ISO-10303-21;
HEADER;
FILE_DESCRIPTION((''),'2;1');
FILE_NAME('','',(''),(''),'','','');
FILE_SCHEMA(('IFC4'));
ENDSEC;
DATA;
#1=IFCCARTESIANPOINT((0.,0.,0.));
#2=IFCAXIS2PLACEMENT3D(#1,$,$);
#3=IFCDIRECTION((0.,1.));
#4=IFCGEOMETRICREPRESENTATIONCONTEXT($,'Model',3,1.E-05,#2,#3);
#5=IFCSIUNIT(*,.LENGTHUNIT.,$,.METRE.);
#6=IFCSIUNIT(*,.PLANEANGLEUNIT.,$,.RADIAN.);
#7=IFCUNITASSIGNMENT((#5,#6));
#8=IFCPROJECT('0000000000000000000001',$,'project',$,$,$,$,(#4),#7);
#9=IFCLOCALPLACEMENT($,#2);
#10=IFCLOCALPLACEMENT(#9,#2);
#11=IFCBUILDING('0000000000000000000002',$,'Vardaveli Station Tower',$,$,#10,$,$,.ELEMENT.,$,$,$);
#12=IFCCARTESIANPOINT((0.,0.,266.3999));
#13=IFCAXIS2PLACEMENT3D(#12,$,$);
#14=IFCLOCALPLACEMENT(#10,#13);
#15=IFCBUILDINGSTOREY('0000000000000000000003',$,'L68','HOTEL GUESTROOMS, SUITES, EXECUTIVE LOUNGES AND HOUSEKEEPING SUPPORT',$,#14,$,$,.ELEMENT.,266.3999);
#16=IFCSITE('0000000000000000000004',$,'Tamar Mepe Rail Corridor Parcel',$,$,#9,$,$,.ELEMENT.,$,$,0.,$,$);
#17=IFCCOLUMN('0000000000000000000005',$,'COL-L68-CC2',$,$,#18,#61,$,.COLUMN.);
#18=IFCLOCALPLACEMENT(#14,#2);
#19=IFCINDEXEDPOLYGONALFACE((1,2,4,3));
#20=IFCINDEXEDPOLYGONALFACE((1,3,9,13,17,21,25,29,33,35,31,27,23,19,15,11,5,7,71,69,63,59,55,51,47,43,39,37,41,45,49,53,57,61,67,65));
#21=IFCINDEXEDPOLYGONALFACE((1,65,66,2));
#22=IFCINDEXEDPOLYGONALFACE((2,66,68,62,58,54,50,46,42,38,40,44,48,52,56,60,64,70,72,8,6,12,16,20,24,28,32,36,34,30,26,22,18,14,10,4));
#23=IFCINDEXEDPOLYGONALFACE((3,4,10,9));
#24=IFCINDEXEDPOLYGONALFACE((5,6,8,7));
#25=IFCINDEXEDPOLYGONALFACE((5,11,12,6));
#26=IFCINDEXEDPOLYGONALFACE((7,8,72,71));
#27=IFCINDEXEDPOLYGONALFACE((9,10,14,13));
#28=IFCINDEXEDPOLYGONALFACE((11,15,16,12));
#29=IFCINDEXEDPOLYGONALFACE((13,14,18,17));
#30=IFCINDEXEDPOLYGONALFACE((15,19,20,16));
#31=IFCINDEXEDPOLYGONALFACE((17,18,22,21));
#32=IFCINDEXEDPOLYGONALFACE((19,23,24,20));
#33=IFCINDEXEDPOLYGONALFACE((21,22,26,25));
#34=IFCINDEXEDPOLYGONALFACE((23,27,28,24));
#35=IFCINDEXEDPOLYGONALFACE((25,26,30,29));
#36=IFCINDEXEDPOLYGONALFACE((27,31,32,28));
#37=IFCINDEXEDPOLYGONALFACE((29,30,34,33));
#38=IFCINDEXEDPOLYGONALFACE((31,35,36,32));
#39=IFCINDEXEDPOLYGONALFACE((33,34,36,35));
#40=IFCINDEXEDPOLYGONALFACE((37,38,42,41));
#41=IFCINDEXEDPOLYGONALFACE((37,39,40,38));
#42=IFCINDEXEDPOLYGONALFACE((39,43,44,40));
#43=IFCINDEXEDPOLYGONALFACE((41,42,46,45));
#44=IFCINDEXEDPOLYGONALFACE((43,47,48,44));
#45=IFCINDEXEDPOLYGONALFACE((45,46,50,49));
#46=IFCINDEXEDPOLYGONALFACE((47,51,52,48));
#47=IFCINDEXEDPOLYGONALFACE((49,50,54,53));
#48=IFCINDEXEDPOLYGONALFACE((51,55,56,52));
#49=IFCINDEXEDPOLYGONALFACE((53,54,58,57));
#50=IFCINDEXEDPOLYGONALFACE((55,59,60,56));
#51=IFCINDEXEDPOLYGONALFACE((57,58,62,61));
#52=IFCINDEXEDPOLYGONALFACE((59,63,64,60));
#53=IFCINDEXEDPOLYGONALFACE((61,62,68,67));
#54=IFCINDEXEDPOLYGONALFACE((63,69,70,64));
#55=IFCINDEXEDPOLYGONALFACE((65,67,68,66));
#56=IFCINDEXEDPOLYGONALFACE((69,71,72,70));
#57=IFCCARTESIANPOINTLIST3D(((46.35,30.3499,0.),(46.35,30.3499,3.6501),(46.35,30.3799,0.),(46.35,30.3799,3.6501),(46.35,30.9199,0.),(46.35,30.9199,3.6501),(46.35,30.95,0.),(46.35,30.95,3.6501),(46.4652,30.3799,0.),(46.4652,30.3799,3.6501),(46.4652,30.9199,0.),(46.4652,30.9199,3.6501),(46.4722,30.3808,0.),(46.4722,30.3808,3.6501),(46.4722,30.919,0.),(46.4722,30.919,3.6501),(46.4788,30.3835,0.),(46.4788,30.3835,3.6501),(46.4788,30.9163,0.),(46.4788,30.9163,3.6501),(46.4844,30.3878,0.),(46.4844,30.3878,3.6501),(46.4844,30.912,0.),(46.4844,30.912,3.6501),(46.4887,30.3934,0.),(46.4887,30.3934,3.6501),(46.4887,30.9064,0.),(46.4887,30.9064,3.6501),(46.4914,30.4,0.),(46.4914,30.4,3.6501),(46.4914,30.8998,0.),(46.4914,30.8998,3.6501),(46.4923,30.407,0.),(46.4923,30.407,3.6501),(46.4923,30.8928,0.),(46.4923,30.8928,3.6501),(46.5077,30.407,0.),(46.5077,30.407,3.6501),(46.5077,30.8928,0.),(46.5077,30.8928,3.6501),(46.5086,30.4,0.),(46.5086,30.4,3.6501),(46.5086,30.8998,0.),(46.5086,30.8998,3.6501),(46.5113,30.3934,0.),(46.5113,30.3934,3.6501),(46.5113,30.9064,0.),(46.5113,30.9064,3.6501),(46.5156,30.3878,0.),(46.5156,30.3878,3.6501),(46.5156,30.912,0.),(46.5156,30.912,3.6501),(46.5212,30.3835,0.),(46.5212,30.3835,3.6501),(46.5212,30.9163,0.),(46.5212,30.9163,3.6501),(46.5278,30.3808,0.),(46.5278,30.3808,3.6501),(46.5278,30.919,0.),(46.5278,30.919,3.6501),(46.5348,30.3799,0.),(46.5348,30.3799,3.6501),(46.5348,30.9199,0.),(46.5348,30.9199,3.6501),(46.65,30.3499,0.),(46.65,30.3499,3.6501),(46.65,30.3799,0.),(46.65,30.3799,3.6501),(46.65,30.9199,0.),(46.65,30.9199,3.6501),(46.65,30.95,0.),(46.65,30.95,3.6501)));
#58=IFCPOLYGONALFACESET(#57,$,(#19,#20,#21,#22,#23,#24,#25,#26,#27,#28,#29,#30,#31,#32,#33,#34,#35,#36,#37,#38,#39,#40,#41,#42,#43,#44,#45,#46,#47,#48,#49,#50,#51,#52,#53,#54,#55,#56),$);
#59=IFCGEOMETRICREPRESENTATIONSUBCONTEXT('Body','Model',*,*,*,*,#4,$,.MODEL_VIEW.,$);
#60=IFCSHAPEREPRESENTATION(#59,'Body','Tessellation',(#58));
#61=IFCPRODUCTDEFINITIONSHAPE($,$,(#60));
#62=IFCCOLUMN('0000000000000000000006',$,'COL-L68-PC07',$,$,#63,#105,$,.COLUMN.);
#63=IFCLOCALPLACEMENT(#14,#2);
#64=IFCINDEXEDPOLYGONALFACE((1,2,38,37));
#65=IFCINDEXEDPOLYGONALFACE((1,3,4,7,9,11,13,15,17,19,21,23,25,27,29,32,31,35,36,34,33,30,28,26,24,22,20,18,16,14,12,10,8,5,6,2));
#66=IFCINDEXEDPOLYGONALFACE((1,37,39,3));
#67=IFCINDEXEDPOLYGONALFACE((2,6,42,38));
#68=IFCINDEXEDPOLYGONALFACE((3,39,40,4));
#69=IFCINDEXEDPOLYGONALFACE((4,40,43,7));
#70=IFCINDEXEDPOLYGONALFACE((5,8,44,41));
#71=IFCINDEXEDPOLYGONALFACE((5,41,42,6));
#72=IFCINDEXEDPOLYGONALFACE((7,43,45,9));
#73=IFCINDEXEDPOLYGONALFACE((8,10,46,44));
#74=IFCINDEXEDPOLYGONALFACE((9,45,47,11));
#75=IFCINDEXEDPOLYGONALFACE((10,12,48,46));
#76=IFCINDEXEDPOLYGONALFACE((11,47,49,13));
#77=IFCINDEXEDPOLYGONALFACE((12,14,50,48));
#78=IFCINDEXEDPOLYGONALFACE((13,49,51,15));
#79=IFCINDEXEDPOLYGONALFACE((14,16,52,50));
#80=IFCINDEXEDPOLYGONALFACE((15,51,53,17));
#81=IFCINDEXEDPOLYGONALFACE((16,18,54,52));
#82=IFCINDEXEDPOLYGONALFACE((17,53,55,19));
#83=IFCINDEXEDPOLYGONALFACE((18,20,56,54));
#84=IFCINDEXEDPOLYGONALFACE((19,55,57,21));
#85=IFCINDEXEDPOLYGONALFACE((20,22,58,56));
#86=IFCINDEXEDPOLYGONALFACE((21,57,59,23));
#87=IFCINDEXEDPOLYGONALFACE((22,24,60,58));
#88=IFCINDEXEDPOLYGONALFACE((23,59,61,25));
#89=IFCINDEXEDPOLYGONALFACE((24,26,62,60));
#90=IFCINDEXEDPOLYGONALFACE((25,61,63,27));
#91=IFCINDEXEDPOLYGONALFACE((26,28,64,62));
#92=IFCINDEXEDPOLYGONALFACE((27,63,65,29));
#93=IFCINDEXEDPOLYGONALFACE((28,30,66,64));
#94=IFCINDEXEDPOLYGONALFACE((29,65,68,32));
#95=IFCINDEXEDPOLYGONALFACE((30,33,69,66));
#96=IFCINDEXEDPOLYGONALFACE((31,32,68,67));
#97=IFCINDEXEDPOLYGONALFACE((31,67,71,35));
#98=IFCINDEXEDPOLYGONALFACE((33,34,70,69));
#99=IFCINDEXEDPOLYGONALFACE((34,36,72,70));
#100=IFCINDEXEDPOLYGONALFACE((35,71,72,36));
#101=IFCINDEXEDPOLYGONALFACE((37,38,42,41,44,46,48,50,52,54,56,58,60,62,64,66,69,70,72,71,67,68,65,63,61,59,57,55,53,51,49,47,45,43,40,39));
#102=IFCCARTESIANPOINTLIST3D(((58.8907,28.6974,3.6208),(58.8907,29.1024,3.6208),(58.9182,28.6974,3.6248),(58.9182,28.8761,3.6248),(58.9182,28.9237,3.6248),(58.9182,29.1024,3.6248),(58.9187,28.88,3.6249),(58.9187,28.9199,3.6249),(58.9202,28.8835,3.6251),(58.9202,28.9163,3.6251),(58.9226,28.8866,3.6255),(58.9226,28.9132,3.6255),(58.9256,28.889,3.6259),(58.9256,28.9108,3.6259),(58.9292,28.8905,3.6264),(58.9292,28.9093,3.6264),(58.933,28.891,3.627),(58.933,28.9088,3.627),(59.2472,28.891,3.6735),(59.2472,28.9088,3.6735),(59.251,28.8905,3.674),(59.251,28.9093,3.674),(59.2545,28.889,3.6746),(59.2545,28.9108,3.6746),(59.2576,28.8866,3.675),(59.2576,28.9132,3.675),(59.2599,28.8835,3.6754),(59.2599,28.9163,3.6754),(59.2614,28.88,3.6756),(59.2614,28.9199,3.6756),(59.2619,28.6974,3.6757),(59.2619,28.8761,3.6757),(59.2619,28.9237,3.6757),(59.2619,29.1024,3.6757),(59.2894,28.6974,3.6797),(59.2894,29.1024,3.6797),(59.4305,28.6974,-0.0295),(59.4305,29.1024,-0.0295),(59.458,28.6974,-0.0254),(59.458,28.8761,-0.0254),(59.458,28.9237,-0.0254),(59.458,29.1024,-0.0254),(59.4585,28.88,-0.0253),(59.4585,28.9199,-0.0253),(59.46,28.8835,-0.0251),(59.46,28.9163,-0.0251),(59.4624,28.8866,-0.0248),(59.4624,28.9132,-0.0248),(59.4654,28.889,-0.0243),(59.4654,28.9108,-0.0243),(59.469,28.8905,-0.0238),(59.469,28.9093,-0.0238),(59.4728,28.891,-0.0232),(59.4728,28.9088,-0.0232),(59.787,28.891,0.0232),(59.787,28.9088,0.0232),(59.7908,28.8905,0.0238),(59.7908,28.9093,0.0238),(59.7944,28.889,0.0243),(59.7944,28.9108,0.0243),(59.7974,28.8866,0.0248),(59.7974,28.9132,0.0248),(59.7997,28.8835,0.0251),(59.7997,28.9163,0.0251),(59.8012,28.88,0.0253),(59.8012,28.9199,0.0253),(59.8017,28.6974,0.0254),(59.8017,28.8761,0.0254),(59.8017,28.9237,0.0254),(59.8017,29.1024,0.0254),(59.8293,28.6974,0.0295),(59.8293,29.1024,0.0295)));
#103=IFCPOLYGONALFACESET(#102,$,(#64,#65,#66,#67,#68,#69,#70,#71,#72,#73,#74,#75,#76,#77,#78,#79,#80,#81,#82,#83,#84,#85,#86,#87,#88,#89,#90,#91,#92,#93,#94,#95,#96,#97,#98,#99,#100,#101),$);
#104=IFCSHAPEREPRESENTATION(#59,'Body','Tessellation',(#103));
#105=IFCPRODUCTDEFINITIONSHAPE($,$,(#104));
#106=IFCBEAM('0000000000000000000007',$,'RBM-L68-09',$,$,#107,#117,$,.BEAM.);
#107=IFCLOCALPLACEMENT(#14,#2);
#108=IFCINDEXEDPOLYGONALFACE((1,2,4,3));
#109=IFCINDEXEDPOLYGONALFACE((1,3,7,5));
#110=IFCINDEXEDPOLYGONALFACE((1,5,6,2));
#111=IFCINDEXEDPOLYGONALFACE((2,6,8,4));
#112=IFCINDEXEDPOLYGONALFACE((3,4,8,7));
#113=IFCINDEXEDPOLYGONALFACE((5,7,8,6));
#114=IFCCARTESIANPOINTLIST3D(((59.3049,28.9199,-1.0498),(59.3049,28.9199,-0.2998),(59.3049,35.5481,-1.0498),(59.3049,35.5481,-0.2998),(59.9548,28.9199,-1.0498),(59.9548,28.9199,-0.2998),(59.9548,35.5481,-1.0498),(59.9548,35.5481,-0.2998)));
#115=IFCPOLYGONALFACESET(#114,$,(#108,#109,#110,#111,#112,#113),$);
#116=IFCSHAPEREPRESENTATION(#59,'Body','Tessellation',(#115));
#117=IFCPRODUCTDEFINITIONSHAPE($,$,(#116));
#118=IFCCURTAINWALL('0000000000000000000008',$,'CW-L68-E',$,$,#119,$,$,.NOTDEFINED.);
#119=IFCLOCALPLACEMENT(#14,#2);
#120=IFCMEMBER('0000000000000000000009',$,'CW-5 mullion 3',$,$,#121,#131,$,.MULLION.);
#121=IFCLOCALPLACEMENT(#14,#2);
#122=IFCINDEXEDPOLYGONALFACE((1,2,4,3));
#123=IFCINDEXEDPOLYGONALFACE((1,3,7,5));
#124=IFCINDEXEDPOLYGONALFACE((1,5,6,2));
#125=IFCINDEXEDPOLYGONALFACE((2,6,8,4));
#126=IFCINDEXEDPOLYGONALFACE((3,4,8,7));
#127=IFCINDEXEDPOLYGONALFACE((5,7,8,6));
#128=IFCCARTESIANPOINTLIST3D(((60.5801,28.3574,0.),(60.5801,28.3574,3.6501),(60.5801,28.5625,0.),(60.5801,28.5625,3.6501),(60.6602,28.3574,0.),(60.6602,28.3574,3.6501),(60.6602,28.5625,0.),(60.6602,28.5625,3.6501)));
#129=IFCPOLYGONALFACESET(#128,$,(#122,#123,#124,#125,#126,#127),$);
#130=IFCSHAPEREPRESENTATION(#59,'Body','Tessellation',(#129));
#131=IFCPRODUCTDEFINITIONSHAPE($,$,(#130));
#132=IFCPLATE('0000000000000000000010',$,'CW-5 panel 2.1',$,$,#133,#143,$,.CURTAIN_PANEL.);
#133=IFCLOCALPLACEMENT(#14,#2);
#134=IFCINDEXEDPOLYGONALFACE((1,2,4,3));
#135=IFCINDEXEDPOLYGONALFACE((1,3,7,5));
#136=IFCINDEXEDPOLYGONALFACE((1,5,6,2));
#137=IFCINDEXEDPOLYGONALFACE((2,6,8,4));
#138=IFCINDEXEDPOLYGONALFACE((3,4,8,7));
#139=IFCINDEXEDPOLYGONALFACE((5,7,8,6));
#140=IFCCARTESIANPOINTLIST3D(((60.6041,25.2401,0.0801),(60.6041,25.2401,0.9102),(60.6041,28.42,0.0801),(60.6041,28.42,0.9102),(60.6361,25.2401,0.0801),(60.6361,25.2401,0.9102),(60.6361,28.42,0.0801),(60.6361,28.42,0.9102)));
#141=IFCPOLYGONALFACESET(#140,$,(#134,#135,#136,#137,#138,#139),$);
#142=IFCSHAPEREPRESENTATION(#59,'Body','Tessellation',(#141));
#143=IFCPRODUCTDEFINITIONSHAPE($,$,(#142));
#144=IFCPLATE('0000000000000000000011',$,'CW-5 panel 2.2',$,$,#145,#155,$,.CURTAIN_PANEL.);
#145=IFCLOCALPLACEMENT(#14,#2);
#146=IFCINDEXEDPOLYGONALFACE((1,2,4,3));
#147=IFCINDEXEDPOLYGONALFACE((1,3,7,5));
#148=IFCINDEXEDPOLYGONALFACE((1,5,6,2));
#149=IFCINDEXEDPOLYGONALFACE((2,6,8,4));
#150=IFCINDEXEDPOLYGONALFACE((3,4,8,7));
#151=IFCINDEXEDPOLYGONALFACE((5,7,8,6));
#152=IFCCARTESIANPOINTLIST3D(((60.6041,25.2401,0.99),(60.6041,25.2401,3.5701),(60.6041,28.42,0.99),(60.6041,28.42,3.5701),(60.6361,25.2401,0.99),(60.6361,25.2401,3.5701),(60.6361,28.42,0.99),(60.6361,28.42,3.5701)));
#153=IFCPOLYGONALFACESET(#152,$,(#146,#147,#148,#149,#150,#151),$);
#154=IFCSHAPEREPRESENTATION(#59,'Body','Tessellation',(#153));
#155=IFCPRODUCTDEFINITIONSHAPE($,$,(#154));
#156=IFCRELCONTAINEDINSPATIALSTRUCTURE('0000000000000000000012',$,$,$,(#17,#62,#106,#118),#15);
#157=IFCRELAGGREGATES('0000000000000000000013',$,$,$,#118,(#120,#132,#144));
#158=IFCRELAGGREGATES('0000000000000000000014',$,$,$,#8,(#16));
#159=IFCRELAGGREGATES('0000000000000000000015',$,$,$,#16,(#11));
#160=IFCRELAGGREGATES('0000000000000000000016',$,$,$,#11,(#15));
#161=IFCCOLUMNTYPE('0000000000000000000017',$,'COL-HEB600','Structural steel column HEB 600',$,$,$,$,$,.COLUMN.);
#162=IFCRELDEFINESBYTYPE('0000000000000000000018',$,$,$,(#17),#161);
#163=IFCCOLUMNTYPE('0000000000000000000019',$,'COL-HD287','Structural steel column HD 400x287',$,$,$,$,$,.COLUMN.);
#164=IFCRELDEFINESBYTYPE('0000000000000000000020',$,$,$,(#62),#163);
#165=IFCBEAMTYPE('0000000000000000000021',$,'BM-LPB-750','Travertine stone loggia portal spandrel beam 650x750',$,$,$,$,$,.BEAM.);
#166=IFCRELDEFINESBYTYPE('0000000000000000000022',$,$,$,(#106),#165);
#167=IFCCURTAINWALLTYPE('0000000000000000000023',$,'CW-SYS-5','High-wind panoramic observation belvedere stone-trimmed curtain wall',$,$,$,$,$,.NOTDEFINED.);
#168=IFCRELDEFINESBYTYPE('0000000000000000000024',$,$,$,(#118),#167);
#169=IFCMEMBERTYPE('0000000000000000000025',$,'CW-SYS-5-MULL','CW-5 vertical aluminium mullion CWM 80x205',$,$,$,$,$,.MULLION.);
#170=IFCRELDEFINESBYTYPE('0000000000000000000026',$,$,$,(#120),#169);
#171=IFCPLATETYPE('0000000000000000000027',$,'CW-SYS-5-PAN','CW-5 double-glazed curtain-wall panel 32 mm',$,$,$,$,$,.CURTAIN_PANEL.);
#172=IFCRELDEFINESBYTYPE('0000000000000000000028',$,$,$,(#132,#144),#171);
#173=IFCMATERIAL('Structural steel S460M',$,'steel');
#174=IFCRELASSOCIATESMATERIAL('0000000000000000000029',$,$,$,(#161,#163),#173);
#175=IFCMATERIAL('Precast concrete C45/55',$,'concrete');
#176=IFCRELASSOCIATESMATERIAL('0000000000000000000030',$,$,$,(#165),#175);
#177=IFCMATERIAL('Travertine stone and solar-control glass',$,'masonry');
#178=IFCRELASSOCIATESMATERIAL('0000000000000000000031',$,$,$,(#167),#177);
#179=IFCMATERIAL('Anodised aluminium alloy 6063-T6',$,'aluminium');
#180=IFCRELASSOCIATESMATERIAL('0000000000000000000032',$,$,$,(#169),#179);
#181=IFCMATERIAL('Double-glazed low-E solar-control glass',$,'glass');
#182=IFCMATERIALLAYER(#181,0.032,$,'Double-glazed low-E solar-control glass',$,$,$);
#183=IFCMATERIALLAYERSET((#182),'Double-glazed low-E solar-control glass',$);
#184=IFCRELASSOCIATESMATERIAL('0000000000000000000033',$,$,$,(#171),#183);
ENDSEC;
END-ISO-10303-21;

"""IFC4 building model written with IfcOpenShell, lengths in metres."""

from ifc_helpers import new_model, si_unit, direction, frame, origin, origin_2d, place, context, subcontext, project, spatial, rectangle, i_section, extrude, source, transform, mapped, material, layer, layer_set, material_profile, profile_set, type_object, element, aggregate, save


model = new_model("IFC4")

# Units and contexts
model_context = context("Model", 3, precision=1e-05, world=origin(), true_north=direction((0.0, 1.0)))
body_context = subcontext(model_context, "Body", "Model", "MODEL_VIEW")
ifc_project = project(units=[si_unit("LENGTHUNIT", "METRE"), si_unit("PLANEANGLEUNIT", "RADIAN")], contexts=[model_context])

# Site, building, storey
site_placement = place(None, origin())
site = spatial("IfcSite", under=ifc_project, at=site_placement, Name="Tamar Mepe Rail Corridor Parcel", CompositionType="ELEMENT", RefElevation=0.0)
building_placement = place(site_placement, origin())
building = spatial("IfcBuilding", under=site, at=building_placement, Name="Vardaveli Station Tower", CompositionType="ELEMENT")
storey_placement = place(building_placement, frame((0.0, 0.0, 266.3999)))
storey = spatial("IfcBuildingStorey", under=building, at=storey_placement, Name="L68", Description="HOTEL GUESTROOMS, SUITES, EXECUTIVE LOUNGES AND HOUSEKEEPING SUPPORT", CompositionType="ELEMENT", Elevation=266.3999)

# Columns
ifc_material_1 = material(Name="Structural steel S460M", Category="steel")
ifc_material_profile_1 = material_profile(ifc_material_1, i_section(OverallWidth=0.3, OverallDepth=0.6001, WebThickness=0.0154, FlangeThickness=0.03, FilletRadius=0.0271, at=origin_2d()), Name="HEB 600")
ifc_profile_set_1 = profile_set([ifc_material_profile_1], Name="Structural steel S460M")
column_type_1 = type_object("IfcColumnType", Name="COL-HEB600", Description="Structural steel column HEB 600", PredefinedType="COLUMN", material=ifc_profile_set_1)
shared_shape_1 = source(origin(), body_context, "Body", "SweptSolid", [
    extrude(i_section(OverallWidth=0.3, OverallDepth=0.6001, WebThickness=0.0154, FlangeThickness=0.03, FilletRadius=0.0271, at=origin_2d()), origin(), (0.0, 0.0, 1.0), 3.6501),
])
column_1_placement = place(storey_placement, frame((46.5, 30.6499, 0.0), z_axis=(0.0, 0.0, 1.0), x_axis=(1.0, 0.0, 0.0)))
element("IfcColumn", 1, at=column_1_placement, inside=storey, type_object=column_type_1, Name="COL-L68-CC2", PredefinedType="COLUMN", context=body_context, shape_type="MappedRepresentation", body=[
    mapped(shared_shape_1, transform((0.0, 0.0, 0.0), scale=1.0)),
])
ifc_material_profile_2 = material_profile(ifc_material_1, i_section(OverallWidth=0.405, OverallDepth=0.4031, WebThickness=0.0178, FlangeThickness=0.0278, FilletRadius=0.0149, at=origin_2d()), Name="HD 400x287")
ifc_profile_set_2 = profile_set([ifc_material_profile_2], Name="Structural steel S460M")
column_type_2 = type_object("IfcColumnType", Name="COL-HD287", Description="Structural steel column HD 400x287", PredefinedType="COLUMN", material=ifc_profile_set_2)
shared_shape_2 = source(origin(), body_context, "Body", "SweptSolid", [
    extrude(i_section(OverallWidth=0.405, OverallDepth=0.4031, WebThickness=0.0178, FlangeThickness=0.0278, FilletRadius=0.0149, at=origin_2d()), origin(), (0.0, 0.0, 1.0), 3.6899),
])
column_2_placement = place(storey_placement, frame((59.6299, 28.8999, 0.0), z_axis=(-0.146292, 0.0, 0.989241), x_axis=(0.0, -1.0, 0.0)))
element("IfcColumn", 2, at=column_2_placement, inside=storey, type_object=column_type_2, Name="COL-L68-PC07", PredefinedType="COLUMN", context=body_context, shape_type="MappedRepresentation", body=[
    mapped(shared_shape_2, transform((0.0, 0.0, 0.0), scale=1.0)),
])

# Beam
ifc_material_2 = material(Name="Precast concrete C45/55", Category="concrete")
ifc_material_profile_3 = material_profile(ifc_material_2, rectangle(XDim=0.6499, YDim=0.75, at=origin_2d()), Name="LPB 650x750")
ifc_profile_set_3 = profile_set([ifc_material_profile_3], Name="Precast concrete C45/55")
beam_type = type_object("IfcBeamType", Name="BM-LPB-750", Description="Travertine stone loggia portal spandrel beam 650x750", PredefinedType="BEAM", material=ifc_profile_set_3)
shared_shape_3 = source(origin(), body_context, "Body", "SweptSolid", [
    extrude(rectangle(XDim=0.6499, YDim=0.75, at=origin_2d()), origin(), (0.0, 0.0, 1.0), 6.6282),
])
beam_placement = place(storey_placement, frame((59.6299, 28.9199, -0.6748), z_axis=(0.0, 1.0, 0.0), x_axis=(-1.0, 0.0, 0.0)))
element("IfcBeam", 3, at=beam_placement, inside=storey, type_object=beam_type, Name="RBM-L68-09", PredefinedType="BEAM", context=body_context, shape_type="MappedRepresentation", body=[
    mapped(shared_shape_3, transform((0.0, 0.0, 0.0), scale=1.0)),
])

# Curtain wall, member, plates
ifc_material_3 = material(Name="Travertine stone and solar-control glass", Category="masonry")
curtain_wall_type = type_object("IfcCurtainWallType", Name="CW-SYS-5", Description="High-wind panoramic observation belvedere stone-trimmed curtain wall", PredefinedType="NOTDEFINED", material=ifc_material_3)
curtain_wall_placement = place(storey_placement, origin())
curtain_wall = element("IfcCurtainWall", 4, at=curtain_wall_placement, inside=storey, type_object=curtain_wall_type, Name="CW-L68-E", PredefinedType="NOTDEFINED")
ifc_material_4 = material(Name="Anodised aluminium alloy 6063-T6", Category="aluminium")
ifc_material_profile_4 = material_profile(ifc_material_4, rectangle(XDim=0.0801, YDim=0.2051, at=origin_2d()), Name="CWM 80x205")
ifc_profile_set_4 = profile_set([ifc_material_profile_4], Name="Anodised aluminium alloy 6063-T6")
member_type = type_object("IfcMemberType", Name="CW-SYS-5-MULL", Description="CW-5 vertical aluminium mullion CWM 80x205", PredefinedType="MULLION", material=ifc_profile_set_4)
shared_shape_4 = source(origin(), body_context, "Body", "SweptSolid", [
    extrude(rectangle(XDim=0.0801, YDim=0.2051, at=origin_2d()), origin(), (0.0, 0.0, 1.0), 3.6501),
])
member_placement = place(storey_placement, frame((60.6201, 28.46, 0.0), z_axis=(0.0, 0.0, 1.0), x_axis=(-1.0, 0.0, 0.0)))
member = element("IfcMember", 5, at=member_placement, type_object=member_type, Name="CW-5 mullion 3", PredefinedType="MULLION", context=body_context, shape_type="MappedRepresentation", body=[
    mapped(shared_shape_4, transform((0.0, 0.0, 0.0), scale=1.0)),
])
ifc_material_5 = material(Name="Double-glazed low-E solar-control glass", Category="glass")
ifc_layer_1 = layer(ifc_material_5, 0.032, Name="Double-glazed low-E solar-control glass")
ifc_layer_set_1 = layer_set([ifc_layer_1], Name="Double-glazed low-E solar-control glass")
plate_type = type_object("IfcPlateType", Name="CW-SYS-5-PAN", Description="CW-5 double-glazed curtain-wall panel 32 mm", PredefinedType="CURTAIN_PANEL", material=ifc_layer_set_1)
shared_shape_5 = source(origin(), body_context, "Body", "SweptSolid", [
    extrude(rectangle(XDim=3.1799, YDim=0.032, at=origin_2d()), origin(), (0.0, 0.0, 1.0), 0.8301),
])
plate_1_placement = place(storey_placement, frame((60.6201, 26.8301, 0.0801), z_axis=(0.0, 0.0, 1.0), x_axis=(0.0, 1.0, 0.0)))
plate_1 = element("IfcPlate", 6, at=plate_1_placement, type_object=plate_type, Name="CW-5 panel 2.1", PredefinedType="CURTAIN_PANEL", context=body_context, shape_type="MappedRepresentation", body=[
    mapped(shared_shape_5, transform((0.0, 0.0, 0.0), scale=1.0)),
])
shared_shape_6 = source(origin(), body_context, "Body", "SweptSolid", [
    extrude(rectangle(XDim=3.1799, YDim=0.032, at=origin_2d()), origin(), (0.0, 0.0, 1.0), 2.5801),
])
plate_2_placement = place(storey_placement, frame((60.6201, 26.8301, 0.99), z_axis=(0.0, 0.0, 1.0), x_axis=(0.0, 1.0, 0.0)))
plate_2 = element("IfcPlate", 7, at=plate_2_placement, type_object=plate_type, Name="CW-5 panel 2.2", PredefinedType="CURTAIN_PANEL", context=body_context, shape_type="MappedRepresentation", body=[
    mapped(shared_shape_6, transform((0.0, 0.0, 0.0), scale=1.0)),
])
aggregate(curtain_wall, [member, plate_1, plate_2])

save(model, "model.ifc")
